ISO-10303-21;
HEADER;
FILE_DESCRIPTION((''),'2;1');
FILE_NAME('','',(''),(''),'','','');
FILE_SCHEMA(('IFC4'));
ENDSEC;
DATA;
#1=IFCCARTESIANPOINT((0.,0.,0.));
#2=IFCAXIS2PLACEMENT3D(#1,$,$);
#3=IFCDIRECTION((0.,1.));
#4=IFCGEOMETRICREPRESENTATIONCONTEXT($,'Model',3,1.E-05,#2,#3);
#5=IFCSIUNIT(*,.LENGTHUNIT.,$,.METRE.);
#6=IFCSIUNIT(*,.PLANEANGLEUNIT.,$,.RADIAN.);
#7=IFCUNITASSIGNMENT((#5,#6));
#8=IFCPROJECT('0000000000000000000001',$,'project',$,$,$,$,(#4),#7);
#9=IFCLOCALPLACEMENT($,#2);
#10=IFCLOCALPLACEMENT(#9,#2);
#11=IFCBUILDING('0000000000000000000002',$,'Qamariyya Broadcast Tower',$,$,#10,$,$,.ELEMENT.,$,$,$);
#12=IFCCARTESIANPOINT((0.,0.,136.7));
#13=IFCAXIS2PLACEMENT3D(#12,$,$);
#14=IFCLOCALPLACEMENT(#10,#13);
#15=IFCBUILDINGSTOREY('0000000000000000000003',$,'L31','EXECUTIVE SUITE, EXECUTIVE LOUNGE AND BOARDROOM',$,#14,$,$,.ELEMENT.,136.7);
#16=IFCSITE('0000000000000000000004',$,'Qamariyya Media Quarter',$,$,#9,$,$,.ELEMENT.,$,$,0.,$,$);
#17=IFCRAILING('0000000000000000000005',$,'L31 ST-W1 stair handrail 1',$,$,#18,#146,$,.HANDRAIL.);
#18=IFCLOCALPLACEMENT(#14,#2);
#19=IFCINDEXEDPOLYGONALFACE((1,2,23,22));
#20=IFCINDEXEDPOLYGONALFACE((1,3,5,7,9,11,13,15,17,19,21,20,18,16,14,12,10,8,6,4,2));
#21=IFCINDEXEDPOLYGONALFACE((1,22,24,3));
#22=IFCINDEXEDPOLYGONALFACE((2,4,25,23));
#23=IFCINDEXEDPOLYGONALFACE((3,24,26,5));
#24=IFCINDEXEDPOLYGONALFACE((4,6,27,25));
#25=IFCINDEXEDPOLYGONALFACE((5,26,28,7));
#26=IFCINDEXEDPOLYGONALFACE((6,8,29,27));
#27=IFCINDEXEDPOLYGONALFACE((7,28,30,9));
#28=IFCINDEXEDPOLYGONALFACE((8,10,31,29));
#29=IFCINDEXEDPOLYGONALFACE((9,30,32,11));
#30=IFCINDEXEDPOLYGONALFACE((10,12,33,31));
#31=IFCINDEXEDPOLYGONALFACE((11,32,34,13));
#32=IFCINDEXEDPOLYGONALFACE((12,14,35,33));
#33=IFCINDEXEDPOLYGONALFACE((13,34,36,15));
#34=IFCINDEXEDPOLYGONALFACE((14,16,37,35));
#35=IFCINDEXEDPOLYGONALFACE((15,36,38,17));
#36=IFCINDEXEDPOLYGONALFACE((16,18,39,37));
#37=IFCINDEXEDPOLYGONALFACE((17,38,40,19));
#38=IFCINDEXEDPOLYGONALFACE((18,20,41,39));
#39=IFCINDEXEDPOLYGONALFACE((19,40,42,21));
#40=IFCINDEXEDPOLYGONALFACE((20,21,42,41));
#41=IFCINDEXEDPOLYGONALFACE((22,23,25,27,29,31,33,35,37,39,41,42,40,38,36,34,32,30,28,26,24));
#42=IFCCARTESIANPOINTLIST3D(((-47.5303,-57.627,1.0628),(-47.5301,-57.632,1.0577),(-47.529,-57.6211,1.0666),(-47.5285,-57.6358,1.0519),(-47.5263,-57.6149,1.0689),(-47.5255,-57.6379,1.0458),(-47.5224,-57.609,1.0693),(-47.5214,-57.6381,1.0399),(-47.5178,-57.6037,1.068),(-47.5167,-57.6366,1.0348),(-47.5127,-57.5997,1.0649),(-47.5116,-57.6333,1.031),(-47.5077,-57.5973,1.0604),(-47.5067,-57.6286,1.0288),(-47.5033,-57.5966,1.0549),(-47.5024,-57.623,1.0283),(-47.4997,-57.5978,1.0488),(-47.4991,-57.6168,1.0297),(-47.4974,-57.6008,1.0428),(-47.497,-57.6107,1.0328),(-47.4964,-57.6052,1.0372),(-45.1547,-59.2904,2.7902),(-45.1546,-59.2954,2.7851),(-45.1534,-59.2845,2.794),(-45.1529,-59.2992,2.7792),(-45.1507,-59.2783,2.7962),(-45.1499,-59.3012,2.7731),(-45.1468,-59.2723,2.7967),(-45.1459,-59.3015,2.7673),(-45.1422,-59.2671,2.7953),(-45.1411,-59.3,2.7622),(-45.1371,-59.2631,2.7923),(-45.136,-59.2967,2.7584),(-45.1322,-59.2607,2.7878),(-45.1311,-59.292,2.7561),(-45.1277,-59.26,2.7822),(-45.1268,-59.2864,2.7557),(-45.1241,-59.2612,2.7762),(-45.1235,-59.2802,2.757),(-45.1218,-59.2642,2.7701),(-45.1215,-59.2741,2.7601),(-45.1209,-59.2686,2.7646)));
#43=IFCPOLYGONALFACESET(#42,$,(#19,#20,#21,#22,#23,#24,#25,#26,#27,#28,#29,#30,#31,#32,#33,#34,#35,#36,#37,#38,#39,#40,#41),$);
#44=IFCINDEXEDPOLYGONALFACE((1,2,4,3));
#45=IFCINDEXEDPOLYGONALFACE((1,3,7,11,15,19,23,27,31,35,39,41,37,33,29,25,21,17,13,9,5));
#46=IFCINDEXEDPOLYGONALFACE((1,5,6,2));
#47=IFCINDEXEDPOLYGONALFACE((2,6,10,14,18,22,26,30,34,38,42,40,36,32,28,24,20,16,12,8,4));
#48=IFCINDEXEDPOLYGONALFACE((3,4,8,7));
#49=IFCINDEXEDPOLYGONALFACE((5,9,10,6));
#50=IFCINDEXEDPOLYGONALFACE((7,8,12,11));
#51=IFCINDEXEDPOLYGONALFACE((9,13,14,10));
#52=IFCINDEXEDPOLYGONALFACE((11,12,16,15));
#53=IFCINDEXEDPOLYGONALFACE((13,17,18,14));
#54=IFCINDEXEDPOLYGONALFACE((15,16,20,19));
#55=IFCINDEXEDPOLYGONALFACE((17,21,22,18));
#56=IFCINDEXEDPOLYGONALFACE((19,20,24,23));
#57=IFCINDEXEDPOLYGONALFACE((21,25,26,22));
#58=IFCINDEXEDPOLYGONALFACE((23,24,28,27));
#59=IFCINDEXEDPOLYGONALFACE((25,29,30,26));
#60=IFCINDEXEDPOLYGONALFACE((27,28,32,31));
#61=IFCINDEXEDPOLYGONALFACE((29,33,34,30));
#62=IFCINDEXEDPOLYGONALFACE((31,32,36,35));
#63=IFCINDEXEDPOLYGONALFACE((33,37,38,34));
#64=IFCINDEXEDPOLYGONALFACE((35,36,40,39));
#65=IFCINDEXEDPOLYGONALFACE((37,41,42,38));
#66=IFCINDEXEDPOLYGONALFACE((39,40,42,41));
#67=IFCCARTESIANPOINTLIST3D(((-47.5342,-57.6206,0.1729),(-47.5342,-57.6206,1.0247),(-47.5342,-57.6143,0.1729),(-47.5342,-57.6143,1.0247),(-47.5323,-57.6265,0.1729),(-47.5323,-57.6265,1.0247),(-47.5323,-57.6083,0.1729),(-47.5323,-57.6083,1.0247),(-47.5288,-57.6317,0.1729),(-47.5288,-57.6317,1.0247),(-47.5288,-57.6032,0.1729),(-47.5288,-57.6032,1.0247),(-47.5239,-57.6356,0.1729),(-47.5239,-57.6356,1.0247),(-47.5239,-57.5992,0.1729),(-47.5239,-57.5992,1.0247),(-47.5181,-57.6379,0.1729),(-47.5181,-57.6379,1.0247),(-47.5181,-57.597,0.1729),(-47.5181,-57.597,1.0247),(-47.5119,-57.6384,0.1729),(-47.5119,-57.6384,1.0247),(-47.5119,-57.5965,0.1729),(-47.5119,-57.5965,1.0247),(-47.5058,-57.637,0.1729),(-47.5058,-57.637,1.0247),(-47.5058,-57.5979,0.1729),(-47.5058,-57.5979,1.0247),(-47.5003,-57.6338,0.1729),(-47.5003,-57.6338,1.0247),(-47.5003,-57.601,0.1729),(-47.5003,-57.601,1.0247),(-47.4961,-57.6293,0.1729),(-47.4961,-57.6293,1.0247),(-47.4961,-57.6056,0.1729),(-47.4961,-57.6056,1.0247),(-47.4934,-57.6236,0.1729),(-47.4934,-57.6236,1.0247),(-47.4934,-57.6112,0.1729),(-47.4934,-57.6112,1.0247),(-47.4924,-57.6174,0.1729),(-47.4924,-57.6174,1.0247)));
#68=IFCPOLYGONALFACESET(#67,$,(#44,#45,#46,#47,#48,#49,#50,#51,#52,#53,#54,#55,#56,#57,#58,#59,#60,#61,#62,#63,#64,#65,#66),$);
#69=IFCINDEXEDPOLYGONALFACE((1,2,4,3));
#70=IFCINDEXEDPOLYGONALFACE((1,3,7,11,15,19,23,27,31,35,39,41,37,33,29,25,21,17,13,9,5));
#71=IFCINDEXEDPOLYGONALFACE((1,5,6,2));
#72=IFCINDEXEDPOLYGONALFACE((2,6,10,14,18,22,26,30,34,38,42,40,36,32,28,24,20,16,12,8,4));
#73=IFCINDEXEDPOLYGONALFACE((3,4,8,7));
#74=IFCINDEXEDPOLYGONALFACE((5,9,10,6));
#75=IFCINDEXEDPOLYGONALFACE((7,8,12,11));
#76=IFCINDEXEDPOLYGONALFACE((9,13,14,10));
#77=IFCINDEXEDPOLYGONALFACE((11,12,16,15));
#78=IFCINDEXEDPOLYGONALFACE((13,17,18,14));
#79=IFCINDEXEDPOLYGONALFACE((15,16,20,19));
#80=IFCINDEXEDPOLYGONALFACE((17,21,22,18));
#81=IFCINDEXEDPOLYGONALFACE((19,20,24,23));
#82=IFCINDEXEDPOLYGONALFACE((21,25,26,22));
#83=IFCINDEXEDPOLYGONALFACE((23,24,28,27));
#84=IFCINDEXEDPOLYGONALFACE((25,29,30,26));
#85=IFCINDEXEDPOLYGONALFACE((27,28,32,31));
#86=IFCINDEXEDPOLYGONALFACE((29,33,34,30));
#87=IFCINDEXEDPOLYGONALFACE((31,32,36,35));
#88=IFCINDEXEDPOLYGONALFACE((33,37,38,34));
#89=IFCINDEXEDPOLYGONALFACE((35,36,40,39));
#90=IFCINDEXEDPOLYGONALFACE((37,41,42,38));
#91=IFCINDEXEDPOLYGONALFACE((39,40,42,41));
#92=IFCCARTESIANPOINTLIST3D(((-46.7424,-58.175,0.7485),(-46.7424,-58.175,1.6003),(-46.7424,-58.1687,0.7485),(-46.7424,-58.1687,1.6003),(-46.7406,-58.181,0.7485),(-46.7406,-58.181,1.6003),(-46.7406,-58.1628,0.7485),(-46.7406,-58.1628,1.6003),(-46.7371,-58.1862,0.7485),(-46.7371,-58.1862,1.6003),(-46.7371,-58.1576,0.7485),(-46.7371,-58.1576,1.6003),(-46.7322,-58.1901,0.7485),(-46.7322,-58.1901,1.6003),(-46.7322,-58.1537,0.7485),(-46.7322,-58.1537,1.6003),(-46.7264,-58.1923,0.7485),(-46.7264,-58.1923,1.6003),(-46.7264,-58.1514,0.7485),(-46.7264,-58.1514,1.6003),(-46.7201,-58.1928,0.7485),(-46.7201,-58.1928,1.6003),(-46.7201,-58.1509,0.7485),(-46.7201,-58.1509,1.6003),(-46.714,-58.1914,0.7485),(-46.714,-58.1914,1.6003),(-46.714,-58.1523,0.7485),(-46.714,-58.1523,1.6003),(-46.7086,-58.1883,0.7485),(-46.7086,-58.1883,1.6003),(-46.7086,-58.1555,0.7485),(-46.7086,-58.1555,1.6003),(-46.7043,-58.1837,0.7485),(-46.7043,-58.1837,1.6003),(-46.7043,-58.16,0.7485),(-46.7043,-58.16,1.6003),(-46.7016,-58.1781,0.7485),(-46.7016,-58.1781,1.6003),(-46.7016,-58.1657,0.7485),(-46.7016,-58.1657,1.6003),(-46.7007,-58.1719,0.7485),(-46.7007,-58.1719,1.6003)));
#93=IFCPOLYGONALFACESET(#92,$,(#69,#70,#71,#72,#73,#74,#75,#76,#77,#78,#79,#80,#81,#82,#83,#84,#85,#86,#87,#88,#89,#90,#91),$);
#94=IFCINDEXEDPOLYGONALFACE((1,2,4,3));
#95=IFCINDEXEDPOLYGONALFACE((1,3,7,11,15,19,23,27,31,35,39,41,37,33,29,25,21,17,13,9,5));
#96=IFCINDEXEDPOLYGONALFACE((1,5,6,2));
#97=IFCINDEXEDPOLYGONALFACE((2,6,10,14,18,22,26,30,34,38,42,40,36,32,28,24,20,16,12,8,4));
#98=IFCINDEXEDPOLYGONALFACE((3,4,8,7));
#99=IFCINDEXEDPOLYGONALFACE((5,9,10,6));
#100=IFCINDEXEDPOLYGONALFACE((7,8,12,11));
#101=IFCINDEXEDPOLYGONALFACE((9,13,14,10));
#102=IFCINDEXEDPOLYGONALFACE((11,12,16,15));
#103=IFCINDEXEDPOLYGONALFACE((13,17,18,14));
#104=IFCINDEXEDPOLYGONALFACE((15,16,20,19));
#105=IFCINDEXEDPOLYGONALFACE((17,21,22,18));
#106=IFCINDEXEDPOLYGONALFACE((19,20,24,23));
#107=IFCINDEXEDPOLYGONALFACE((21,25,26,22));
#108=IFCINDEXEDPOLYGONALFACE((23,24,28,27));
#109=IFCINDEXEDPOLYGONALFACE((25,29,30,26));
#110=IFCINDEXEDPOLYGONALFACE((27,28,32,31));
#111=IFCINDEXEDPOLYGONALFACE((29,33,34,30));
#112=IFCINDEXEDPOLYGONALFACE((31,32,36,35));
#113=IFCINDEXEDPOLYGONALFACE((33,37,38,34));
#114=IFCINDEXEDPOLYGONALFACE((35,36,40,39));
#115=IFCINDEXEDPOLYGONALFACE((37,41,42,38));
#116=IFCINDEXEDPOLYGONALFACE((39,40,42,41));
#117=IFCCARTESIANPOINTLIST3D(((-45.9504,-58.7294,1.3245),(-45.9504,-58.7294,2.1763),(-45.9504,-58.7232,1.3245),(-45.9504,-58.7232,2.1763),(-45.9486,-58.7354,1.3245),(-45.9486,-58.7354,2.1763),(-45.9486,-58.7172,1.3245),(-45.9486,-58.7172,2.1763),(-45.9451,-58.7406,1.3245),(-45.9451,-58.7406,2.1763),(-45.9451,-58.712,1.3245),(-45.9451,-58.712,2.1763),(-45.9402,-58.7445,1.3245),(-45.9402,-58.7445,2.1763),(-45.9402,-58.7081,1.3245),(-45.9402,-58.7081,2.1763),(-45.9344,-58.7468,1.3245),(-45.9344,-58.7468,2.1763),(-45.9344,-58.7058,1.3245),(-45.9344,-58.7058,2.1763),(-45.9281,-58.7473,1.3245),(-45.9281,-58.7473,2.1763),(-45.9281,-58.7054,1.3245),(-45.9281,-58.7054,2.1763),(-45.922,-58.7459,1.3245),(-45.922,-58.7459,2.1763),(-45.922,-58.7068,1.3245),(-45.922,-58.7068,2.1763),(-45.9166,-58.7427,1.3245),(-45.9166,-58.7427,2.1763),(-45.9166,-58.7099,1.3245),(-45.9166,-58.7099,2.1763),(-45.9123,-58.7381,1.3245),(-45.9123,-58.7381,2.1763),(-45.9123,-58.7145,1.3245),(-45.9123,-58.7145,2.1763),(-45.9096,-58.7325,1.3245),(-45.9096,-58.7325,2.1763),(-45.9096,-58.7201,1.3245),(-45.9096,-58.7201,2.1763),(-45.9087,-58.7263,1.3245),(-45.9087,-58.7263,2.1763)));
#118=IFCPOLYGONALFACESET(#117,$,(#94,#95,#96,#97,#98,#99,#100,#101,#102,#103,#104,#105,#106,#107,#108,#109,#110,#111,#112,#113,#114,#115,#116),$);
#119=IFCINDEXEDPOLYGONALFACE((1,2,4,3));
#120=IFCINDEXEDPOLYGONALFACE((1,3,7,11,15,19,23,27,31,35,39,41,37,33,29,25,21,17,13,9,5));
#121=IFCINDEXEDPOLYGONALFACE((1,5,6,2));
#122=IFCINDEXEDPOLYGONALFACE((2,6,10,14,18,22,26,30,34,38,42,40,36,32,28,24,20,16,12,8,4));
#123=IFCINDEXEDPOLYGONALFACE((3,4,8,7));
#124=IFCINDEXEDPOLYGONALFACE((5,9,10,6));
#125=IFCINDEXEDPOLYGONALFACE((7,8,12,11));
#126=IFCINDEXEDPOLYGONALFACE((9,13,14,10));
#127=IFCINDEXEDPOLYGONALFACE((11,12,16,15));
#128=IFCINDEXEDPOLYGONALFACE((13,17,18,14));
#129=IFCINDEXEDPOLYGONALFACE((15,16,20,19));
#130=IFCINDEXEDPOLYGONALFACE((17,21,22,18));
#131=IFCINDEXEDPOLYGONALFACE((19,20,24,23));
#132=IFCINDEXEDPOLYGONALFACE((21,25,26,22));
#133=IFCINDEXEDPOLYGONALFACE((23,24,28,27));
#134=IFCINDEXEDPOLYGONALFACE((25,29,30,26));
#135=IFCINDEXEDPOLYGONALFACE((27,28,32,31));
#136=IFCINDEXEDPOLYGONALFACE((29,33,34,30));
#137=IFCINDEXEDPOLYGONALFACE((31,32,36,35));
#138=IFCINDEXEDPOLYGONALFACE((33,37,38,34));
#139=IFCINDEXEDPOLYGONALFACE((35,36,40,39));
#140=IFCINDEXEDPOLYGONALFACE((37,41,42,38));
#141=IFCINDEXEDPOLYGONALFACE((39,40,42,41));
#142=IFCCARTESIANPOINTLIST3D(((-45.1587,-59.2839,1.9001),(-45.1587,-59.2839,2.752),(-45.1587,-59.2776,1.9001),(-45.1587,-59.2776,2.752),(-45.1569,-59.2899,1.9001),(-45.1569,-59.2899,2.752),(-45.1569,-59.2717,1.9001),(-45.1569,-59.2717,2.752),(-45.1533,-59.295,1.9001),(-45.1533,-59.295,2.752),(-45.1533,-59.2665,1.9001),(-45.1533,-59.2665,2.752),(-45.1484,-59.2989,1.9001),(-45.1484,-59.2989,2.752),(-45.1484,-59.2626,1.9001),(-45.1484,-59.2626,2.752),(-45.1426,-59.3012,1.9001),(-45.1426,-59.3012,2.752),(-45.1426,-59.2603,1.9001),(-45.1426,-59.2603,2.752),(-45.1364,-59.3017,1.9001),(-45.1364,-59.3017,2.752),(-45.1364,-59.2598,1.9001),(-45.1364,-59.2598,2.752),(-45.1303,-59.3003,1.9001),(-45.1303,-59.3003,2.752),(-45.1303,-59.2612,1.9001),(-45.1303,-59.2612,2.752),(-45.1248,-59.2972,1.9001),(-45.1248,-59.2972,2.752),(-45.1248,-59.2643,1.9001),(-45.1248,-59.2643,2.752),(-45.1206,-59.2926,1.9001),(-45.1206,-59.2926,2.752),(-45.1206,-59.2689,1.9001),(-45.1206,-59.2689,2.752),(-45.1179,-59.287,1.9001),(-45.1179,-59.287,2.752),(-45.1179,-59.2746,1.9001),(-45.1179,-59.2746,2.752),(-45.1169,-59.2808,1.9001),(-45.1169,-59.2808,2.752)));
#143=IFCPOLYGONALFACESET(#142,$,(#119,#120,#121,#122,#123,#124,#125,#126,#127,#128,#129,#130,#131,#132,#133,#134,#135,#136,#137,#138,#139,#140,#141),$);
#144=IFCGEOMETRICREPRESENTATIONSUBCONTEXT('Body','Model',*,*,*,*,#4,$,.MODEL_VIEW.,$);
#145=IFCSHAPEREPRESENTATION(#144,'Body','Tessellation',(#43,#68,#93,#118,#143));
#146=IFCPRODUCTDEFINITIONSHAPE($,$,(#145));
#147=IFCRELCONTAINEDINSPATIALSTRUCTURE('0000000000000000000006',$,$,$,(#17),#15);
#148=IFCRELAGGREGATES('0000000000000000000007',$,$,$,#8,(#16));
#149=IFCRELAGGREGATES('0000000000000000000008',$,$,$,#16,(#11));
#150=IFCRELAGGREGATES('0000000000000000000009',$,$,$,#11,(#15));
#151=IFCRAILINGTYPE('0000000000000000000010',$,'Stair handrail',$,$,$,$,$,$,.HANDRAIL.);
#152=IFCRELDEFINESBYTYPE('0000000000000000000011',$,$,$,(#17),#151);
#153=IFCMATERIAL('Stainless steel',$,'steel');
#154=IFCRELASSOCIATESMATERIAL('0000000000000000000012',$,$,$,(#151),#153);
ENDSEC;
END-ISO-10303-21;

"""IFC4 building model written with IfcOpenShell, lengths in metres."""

from ifc_helpers import new_model, si_unit, direction, frame, origin, origin_2d, place, context, subcontext, project, spatial, circle, extrude, material, type_object, element, save


model = new_model("IFC4")

# Units and contexts
model_context = context("Model", 3, precision=1e-05, world=origin(), true_north=direction((0.0, 1.0)))
body_context = subcontext(model_context, "Body", "Model", "MODEL_VIEW")
ifc_project = project(units=[si_unit("LENGTHUNIT", "METRE"), si_unit("PLANEANGLEUNIT", "RADIAN")], contexts=[model_context])

# Site, building, storey
site_placement = place(None, origin())
site = spatial("IfcSite", under=ifc_project, at=site_placement, Name="Qamariyya Media Quarter", CompositionType="ELEMENT", RefElevation=0.0)
building_placement = place(site_placement, origin())
building = spatial("IfcBuilding", under=site, at=building_placement, Name="Qamariyya Broadcast Tower", CompositionType="ELEMENT")
storey_placement = place(building_placement, frame((0.0, 0.0, 136.7)))
storey = spatial("IfcBuildingStorey", under=building, at=storey_placement, Name="L31", Description="EXECUTIVE SUITE, EXECUTIVE LOUNGE AND BOARDROOM", CompositionType="ELEMENT", Elevation=136.7)

# Railing
ifc_material_1 = material(Name="Stainless steel", Category="steel")
railing_type_1 = type_object("IfcRailingType", Name="Stair handrail", PredefinedType="HANDRAIL", material=ifc_material_1)
railing_1_placement = place(storey_placement, frame((-47.5134, -57.6174, 0.1729)))
element("IfcRailing", 1, at=railing_1_placement, inside=storey, type_object=railing_type_1, Name="L31 ST-W1 stair handrail 1", PredefinedType="HANDRAIL", context=body_context, shape_type="SweptSolid", body=[
    extrude(circle(Radius=0.0239, at=origin_2d()), frame((0.0, 0.0, 0.876), z_axis=(0.70377, -0.492784, 0.511734), x_axis=(0.573575, 0.819153, 0.0)), (0.0, 0.0, 1.0), 3.3755),
    extrude(circle(Radius=0.021, at=origin_2d()), origin(), (0.0, 0.0, 1.0), 0.8518),
    extrude(circle(Radius=0.021, at=origin_2d()), frame((0.7917, -0.5544, 0.5757)), (0.0, 0.0, 1.0), 0.8518),
    extrude(circle(Radius=0.021, at=origin_2d()), frame((1.5837, -1.1089, 1.1516)), (0.0, 0.0, 1.0), 0.8518),
    extrude(circle(Radius=0.021, at=origin_2d()), frame((2.3755, -1.6633, 1.7273)), (0.0, 0.0, 1.0), 0.8518),
])

save(model, "model.ifc")
